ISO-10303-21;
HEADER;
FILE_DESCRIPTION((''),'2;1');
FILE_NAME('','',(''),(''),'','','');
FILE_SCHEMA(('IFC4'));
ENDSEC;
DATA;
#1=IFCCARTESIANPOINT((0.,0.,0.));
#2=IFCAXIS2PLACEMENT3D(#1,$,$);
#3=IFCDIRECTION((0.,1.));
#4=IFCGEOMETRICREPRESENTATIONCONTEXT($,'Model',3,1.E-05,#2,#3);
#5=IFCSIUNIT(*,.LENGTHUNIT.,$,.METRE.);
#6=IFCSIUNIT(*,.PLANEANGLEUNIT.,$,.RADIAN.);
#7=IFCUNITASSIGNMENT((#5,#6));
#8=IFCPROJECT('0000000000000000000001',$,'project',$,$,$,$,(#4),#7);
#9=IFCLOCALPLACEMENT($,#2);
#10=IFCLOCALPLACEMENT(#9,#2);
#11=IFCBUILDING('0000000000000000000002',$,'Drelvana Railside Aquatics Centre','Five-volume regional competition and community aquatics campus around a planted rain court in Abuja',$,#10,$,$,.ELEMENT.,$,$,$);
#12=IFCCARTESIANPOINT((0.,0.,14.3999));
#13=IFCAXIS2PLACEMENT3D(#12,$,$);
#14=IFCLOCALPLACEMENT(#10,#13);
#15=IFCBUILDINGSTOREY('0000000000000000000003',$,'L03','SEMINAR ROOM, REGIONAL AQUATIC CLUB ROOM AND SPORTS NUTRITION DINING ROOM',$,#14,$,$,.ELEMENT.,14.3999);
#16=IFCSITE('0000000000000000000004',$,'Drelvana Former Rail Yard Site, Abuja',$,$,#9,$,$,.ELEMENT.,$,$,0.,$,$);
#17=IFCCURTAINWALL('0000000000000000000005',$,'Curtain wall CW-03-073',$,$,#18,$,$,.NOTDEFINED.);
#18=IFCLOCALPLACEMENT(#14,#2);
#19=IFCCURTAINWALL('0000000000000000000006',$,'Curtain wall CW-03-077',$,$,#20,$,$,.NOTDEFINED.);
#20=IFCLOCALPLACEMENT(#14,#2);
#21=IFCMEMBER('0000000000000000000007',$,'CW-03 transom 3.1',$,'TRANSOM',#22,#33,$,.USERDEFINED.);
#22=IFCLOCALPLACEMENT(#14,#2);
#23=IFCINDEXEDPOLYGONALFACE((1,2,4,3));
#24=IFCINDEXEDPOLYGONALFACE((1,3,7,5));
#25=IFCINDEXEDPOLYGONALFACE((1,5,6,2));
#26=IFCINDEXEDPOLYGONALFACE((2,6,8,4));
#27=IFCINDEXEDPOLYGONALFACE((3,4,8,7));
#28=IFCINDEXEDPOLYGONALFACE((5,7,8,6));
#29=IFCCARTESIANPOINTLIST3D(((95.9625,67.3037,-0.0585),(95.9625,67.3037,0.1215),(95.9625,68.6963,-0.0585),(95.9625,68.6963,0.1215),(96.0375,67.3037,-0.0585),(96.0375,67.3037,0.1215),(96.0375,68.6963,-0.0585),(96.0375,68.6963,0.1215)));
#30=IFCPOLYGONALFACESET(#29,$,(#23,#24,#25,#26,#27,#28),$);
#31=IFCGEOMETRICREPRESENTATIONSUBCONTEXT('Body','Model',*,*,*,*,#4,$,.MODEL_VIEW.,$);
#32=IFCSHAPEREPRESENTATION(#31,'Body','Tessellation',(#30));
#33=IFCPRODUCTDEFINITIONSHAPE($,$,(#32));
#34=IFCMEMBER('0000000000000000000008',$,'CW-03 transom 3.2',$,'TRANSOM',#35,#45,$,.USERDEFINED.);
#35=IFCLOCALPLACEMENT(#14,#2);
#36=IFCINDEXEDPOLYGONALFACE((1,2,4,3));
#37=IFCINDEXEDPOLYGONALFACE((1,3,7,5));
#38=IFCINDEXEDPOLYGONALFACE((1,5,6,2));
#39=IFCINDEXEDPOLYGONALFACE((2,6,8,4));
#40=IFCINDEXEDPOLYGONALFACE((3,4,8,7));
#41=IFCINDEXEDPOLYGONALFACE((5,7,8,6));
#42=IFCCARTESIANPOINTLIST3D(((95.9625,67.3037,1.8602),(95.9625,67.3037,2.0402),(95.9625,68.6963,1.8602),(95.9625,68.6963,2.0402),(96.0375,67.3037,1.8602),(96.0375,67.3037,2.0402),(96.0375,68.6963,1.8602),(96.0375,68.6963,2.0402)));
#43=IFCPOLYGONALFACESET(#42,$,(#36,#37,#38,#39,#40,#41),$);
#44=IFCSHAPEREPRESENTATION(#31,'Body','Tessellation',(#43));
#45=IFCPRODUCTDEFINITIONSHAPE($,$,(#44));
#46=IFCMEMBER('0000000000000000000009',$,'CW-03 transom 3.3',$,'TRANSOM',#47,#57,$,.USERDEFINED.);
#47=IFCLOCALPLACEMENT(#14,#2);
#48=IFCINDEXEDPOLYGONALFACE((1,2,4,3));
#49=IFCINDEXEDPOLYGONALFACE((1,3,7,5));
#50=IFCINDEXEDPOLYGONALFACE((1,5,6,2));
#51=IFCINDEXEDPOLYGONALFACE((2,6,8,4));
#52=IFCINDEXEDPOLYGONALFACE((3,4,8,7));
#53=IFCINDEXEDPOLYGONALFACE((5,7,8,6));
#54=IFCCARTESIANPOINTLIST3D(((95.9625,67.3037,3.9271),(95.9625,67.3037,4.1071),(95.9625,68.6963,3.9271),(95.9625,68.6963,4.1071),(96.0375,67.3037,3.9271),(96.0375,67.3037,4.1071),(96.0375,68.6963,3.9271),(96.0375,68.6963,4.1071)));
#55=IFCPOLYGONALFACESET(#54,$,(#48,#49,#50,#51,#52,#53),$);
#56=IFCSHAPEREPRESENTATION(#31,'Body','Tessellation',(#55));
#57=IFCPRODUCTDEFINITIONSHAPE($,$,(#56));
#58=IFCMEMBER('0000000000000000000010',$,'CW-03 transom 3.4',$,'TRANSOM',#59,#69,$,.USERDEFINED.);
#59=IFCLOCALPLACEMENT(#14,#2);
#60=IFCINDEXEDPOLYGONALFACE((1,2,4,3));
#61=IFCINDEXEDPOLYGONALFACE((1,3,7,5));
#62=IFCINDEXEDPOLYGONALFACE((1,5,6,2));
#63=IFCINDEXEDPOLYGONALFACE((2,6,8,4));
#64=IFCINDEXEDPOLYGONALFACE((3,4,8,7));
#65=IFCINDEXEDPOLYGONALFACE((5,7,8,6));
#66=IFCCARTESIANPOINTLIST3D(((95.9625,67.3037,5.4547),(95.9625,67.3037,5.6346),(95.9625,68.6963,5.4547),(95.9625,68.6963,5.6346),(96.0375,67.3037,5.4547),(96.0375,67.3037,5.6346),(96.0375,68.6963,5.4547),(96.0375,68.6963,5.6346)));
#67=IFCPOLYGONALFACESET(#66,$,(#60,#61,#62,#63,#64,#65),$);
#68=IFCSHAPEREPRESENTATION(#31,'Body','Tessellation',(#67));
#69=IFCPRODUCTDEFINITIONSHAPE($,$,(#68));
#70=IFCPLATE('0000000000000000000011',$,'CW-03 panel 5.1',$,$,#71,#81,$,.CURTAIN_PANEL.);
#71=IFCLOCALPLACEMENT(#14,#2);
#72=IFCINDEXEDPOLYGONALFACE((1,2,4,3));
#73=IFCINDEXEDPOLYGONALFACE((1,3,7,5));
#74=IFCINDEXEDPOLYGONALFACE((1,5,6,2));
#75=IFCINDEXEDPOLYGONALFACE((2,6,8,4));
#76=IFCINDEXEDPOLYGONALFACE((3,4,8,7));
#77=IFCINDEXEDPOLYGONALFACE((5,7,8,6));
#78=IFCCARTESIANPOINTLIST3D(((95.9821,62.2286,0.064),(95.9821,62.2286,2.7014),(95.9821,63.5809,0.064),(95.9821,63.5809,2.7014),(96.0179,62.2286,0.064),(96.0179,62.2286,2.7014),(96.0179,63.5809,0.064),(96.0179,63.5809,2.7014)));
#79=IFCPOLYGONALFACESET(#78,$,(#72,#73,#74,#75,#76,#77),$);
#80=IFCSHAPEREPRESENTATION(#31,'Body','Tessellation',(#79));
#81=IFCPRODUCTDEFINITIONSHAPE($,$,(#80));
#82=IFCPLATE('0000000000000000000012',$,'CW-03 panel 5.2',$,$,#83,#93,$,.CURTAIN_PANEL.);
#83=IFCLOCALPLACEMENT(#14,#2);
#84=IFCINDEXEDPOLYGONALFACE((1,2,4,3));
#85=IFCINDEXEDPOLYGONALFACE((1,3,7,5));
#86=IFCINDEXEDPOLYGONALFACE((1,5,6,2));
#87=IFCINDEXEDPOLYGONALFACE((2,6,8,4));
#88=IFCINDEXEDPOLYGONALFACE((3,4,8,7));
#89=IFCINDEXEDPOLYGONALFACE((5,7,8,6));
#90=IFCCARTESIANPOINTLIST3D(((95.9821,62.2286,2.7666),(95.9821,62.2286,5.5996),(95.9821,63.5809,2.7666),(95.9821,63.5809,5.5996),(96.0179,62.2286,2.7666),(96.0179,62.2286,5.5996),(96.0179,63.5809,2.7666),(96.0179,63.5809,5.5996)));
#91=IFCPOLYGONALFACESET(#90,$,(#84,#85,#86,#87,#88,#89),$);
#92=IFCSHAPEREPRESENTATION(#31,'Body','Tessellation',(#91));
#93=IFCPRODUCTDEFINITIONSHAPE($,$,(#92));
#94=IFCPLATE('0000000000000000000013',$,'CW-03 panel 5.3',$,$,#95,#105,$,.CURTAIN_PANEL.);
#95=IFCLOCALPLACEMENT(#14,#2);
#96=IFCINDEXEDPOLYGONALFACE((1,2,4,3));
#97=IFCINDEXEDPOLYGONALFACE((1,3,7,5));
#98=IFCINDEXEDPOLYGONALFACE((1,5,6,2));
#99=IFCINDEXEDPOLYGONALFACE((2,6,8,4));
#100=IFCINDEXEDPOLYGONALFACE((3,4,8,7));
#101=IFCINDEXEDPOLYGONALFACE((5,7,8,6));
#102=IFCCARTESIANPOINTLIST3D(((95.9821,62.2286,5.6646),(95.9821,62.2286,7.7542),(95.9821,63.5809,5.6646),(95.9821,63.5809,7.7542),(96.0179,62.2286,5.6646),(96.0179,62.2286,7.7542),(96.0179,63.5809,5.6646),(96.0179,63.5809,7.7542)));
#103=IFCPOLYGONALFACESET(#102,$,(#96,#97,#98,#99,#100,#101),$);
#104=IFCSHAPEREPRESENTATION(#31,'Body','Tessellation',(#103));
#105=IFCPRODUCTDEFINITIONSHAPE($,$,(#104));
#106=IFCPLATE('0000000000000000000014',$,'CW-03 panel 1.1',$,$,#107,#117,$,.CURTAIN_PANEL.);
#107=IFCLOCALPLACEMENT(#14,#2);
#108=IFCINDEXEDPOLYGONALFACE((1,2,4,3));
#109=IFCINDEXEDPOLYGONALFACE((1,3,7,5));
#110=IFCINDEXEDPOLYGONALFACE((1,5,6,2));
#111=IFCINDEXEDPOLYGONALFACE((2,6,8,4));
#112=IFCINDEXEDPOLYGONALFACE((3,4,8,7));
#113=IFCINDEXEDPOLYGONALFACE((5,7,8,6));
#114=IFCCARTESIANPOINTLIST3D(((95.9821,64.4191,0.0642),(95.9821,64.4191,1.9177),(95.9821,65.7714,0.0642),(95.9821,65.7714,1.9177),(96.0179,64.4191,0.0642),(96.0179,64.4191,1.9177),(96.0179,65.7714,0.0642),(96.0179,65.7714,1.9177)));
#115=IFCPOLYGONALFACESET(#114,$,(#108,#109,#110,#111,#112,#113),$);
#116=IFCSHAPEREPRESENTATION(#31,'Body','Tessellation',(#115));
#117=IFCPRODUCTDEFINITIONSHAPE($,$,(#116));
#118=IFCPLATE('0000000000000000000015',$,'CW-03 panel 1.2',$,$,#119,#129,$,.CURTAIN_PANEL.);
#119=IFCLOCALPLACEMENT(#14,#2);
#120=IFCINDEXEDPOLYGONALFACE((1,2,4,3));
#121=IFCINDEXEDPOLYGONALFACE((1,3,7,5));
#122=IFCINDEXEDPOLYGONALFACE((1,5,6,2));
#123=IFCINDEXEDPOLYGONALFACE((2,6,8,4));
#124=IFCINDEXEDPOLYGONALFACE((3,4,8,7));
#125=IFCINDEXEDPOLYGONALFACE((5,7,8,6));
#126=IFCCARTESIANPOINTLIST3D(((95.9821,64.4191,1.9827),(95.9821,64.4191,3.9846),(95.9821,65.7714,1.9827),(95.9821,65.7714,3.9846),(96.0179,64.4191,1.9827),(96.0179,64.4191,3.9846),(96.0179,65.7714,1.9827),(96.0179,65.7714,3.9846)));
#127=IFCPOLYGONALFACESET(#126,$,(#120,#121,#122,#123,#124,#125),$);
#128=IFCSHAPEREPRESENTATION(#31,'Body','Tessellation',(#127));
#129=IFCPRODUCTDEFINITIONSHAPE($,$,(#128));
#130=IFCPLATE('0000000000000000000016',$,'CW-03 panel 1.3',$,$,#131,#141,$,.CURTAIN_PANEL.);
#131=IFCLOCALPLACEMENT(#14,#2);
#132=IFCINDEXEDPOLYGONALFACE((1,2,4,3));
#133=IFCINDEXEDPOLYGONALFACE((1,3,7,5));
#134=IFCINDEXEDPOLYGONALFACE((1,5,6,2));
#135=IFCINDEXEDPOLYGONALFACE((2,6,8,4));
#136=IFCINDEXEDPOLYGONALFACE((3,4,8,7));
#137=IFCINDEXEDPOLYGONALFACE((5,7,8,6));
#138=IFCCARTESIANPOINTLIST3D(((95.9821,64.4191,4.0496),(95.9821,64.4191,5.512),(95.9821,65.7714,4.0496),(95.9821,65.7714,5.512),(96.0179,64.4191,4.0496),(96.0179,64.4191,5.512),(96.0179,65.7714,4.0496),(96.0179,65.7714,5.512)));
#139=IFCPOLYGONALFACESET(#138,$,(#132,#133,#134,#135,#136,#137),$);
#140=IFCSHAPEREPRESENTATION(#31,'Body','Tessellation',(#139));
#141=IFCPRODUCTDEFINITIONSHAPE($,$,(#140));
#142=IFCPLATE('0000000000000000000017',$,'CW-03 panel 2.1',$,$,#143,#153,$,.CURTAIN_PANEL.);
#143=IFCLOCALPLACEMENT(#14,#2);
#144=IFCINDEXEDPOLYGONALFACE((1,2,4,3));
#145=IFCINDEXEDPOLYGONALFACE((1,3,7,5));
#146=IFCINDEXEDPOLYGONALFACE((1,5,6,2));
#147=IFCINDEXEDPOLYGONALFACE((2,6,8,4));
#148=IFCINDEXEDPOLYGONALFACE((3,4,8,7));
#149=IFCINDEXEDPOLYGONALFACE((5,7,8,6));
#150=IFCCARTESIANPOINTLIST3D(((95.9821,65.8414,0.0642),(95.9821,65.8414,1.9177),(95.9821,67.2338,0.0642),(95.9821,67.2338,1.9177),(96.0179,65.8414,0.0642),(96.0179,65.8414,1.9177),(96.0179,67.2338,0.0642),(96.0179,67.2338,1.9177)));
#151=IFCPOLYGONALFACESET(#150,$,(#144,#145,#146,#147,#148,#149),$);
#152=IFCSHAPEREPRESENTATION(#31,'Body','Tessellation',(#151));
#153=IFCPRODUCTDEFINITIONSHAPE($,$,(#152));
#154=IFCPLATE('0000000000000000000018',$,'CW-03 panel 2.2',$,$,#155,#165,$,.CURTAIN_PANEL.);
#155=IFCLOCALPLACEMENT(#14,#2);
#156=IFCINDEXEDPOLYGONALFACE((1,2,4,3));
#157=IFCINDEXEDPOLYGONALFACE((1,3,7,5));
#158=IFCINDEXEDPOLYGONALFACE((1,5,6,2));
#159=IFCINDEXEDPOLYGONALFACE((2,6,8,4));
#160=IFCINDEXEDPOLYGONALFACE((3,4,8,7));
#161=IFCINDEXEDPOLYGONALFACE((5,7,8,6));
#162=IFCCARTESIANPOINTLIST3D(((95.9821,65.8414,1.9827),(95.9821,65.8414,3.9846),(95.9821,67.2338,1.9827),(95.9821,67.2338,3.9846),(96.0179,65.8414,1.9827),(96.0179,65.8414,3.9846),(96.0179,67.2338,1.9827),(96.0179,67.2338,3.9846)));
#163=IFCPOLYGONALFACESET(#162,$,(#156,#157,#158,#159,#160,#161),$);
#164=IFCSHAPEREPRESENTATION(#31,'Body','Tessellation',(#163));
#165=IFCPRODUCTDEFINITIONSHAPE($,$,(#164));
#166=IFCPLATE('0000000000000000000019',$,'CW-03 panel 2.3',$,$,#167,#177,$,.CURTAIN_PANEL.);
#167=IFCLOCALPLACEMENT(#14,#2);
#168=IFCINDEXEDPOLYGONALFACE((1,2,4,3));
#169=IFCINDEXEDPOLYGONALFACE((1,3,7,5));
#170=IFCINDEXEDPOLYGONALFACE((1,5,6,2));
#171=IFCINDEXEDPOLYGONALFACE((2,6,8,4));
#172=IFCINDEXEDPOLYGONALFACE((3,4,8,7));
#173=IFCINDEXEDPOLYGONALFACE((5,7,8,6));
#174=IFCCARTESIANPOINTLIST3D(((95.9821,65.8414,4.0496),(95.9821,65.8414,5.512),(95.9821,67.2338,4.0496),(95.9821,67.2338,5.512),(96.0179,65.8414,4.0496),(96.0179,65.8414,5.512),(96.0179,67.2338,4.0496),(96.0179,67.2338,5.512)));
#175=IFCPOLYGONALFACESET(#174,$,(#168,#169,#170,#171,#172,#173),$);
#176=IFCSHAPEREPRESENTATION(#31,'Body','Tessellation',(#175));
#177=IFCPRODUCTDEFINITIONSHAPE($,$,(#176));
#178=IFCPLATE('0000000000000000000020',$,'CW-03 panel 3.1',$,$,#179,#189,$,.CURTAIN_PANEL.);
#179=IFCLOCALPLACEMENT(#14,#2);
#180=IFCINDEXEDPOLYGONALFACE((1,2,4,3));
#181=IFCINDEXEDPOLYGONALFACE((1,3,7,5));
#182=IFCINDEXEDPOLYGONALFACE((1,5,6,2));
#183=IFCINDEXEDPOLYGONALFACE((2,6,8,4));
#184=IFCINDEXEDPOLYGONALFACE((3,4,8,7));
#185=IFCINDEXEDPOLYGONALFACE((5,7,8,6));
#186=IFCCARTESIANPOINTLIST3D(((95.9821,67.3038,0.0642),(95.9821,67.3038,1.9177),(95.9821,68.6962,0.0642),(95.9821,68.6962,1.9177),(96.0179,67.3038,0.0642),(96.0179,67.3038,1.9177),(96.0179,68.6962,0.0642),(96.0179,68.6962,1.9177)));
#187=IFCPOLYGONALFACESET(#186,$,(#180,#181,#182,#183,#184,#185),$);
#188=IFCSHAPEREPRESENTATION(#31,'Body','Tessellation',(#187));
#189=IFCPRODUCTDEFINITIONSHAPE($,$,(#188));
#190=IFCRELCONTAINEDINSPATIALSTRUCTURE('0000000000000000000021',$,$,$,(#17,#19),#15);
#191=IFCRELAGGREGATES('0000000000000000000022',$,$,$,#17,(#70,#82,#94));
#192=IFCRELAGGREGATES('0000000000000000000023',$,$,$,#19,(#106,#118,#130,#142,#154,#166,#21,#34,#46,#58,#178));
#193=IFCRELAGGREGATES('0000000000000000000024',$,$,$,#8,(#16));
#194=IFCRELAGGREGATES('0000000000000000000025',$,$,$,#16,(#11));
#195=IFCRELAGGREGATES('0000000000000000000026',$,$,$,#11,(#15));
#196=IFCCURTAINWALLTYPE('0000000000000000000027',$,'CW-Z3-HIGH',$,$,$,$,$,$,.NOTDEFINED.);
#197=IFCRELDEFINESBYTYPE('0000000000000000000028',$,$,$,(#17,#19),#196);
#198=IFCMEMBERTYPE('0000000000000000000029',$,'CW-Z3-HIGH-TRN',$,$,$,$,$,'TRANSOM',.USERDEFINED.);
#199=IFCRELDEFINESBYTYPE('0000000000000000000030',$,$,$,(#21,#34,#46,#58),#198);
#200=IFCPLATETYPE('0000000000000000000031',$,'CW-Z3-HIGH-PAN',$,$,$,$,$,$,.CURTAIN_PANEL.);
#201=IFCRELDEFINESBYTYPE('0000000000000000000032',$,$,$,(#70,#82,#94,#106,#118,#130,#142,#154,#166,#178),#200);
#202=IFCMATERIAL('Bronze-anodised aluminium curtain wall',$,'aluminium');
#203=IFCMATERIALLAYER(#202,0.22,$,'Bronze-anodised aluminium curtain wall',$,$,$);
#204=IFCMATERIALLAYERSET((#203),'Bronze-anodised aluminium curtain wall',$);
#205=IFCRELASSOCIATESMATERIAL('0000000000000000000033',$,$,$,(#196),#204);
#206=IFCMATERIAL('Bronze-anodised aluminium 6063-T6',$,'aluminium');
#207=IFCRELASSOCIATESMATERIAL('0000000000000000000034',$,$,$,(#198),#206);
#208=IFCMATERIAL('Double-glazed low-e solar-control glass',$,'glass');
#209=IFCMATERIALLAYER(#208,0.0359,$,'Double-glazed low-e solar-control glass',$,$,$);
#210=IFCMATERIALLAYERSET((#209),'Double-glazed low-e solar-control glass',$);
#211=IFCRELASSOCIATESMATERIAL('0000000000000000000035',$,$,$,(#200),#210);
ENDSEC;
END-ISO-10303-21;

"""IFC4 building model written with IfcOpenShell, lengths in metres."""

from ifc_helpers import new_model, si_unit, direction, frame, origin, origin_2d, place, context, subcontext, project, spatial, rectangle, extrude, material, layer, layer_set, material_profile, profile_set, type_object, element, aggregate, save


model = new_model("IFC4")

# Units and contexts
model_context = context("Model", 3, precision=1e-05, world=origin(), true_north=direction((0.0, 1.0)))
body_context = subcontext(model_context, "Body", "Model", "MODEL_VIEW")
ifc_project = project(units=[si_unit("LENGTHUNIT", "METRE"), si_unit("PLANEANGLEUNIT", "RADIAN")], contexts=[model_context])

# Site, building, storey
site_placement = place(None, origin())
site = spatial("IfcSite", under=ifc_project, at=site_placement, Name="Drelvana Former Rail Yard Site, Abuja", CompositionType="ELEMENT", RefElevation=0.0)
building_placement = place(site_placement, origin())
building = spatial("IfcBuilding", under=site, at=building_placement, Name="Drelvana Railside Aquatics Centre", Description="Five-volume regional competition and community aquatics campus around a planted rain court in Abuja", CompositionType="ELEMENT")
storey_placement = place(building_placement, frame((0.0, 0.0, 14.3999)))
storey = spatial("IfcBuildingStorey", under=building, at=storey_placement, Name="L03", Description="SEMINAR ROOM, REGIONAL AQUATIC CLUB ROOM AND SPORTS NUTRITION DINING ROOM", CompositionType="ELEMENT", Elevation=14.3999)

# Curtain wall
ifc_material_1 = material(Name="Bronze-anodised aluminium curtain wall", Category="aluminium")
ifc_layer_1 = layer(ifc_material_1, 0.22, Name="Bronze-anodised aluminium curtain wall")
ifc_layer_set_1 = layer_set([ifc_layer_1], Name="Bronze-anodised aluminium curtain wall")
curtain_wall_type = type_object("IfcCurtainWallType", Name="CW-Z3-HIGH", PredefinedType="NOTDEFINED", material=ifc_layer_set_1)
curtain_wall_1_placement = place(storey_placement, origin())
curtain_wall_1 = element("IfcCurtainWall", 1, at=curtain_wall_1_placement, inside=storey, type_object=curtain_wall_type, Name="Curtain wall CW-03-073", PredefinedType="NOTDEFINED")
ifc_material_2 = material(Name="Bronze-anodised aluminium 6063-T6", Category="aluminium")

# Curtain wall
curtain_wall_2_placement = place(storey_placement, origin())
curtain_wall_2 = element("IfcCurtainWall", 2, at=curtain_wall_2_placement, inside=storey, type_object=curtain_wall_type, Name="Curtain wall CW-03-077", PredefinedType="NOTDEFINED")

# Members
ifc_material_profile_1 = material_profile(ifc_material_2, rectangle(XDim=0.1799, YDim=0.075, at=origin_2d()), Name="ALU-T 75x180")
ifc_profile_set_1 = profile_set([ifc_material_profile_1], Name="Bronze-anodised aluminium 6063-T6")
member_type_1 = type_object("IfcMemberType", Name="CW-Z3-HIGH-TRN", ElementType="TRANSOM", PredefinedType="USERDEFINED", material=ifc_profile_set_1)
member_1_placement = place(storey_placement, frame((96.0, 67.3037, 0.0315), z_axis=(0.0, 1.0, 0.0), x_axis=(0.0, 0.0, 1.0)))
member_1 = element("IfcMember", 3, at=member_1_placement, type_object=member_type_1, Name="CW-03 transom 3.1", ObjectType="TRANSOM", PredefinedType="USERDEFINED", context=body_context, shape_type="SweptSolid", body=[
    extrude(rectangle(XDim=0.1799, YDim=0.075, at=origin_2d()), origin(), (0.0, 0.0, 1.0), 1.3926),
])
member_2_placement = place(storey_placement, frame((96.0, 67.3037, 1.9502), z_axis=(0.0, 1.0, 0.0), x_axis=(0.0, 0.0, 1.0)))
member_2 = element("IfcMember", 4, at=member_2_placement, type_object=member_type_1, Name="CW-03 transom 3.2", ObjectType="TRANSOM", PredefinedType="USERDEFINED", context=body_context, shape_type="SweptSolid", body=[
    extrude(rectangle(XDim=0.1799, YDim=0.075, at=origin_2d()), origin(), (0.0, 0.0, 1.0), 1.3926),
])
member_3_placement = place(storey_placement, frame((96.0, 67.3037, 4.0171), z_axis=(0.0, 1.0, 0.0), x_axis=(0.0, 0.0, 1.0)))
member_3 = element("IfcMember", 5, at=member_3_placement, type_object=member_type_1, Name="CW-03 transom 3.3", ObjectType="TRANSOM", PredefinedType="USERDEFINED", context=body_context, shape_type="SweptSolid", body=[
    extrude(rectangle(XDim=0.1799, YDim=0.075, at=origin_2d()), origin(), (0.0, 0.0, 1.0), 1.3926),
])
member_4_placement = place(storey_placement, frame((96.0, 67.3037, 5.5447), z_axis=(0.0, 1.0, 0.0), x_axis=(0.0, 0.0, 1.0)))
member_4 = element("IfcMember", 6, at=member_4_placement, type_object=member_type_1, Name="CW-03 transom 3.4", ObjectType="TRANSOM", PredefinedType="USERDEFINED", context=body_context, shape_type="SweptSolid", body=[
    extrude(rectangle(XDim=0.1799, YDim=0.075, at=origin_2d()), origin(), (0.0, 0.0, 1.0), 1.3926),
])

# Plates
ifc_material_3 = material(Name="Double-glazed low-e solar-control glass", Category="glass")
ifc_layer_2 = layer(ifc_material_3, 0.0359, Name="Double-glazed low-e solar-control glass")
ifc_layer_set_2 = layer_set([ifc_layer_2], Name="Double-glazed low-e solar-control glass")
plate_type = type_object("IfcPlateType", Name="CW-Z3-HIGH-PAN", PredefinedType="CURTAIN_PANEL", material=ifc_layer_set_2)
plate_1_placement = place(storey_placement, frame((96.0, 62.9048, 0.064), z_axis=(0.0, 0.0, 1.0), x_axis=(0.0, 1.0, 0.0)))
plate_1 = element("IfcPlate", 7, at=plate_1_placement, type_object=plate_type, Name="CW-03 panel 5.1", PredefinedType="CURTAIN_PANEL", context=body_context, shape_type="SweptSolid", body=[
    extrude(rectangle(XDim=1.3523, YDim=0.0359, at=origin_2d()), origin(), (0.0, 0.0, 1.0), 2.6375),
])
plate_2_placement = place(storey_placement, frame((96.0, 62.9048, 2.7666), z_axis=(0.0, 0.0, 1.0), x_axis=(0.0, 1.0, 0.0)))
plate_2 = element("IfcPlate", 8, at=plate_2_placement, type_object=plate_type, Name="CW-03 panel 5.2", PredefinedType="CURTAIN_PANEL", context=body_context, shape_type="SweptSolid", body=[
    extrude(rectangle(XDim=1.3523, YDim=0.0359, at=origin_2d()), origin(), (0.0, 0.0, 1.0), 2.833),
])
plate_3_placement = place(storey_placement, frame((96.0, 62.9048, 5.6646), z_axis=(0.0, 0.0, 1.0), x_axis=(0.0, 1.0, 0.0)))
plate_3 = element("IfcPlate", 9, at=plate_3_placement, type_object=plate_type, Name="CW-03 panel 5.3", PredefinedType="CURTAIN_PANEL", context=body_context, shape_type="SweptSolid", body=[
    extrude(rectangle(XDim=1.3523, YDim=0.0359, at=origin_2d()), origin(), (0.0, 0.0, 1.0), 2.0896),
])
aggregate(curtain_wall_1, [plate_1, plate_2, plate_3])
plate_4_placement = place(storey_placement, frame((96.0, 65.0952, 0.0642), z_axis=(0.0, 0.0, 1.0), x_axis=(0.0, 1.0, 0.0)))
plate_4 = element("IfcPlate", 10, at=plate_4_placement, type_object=plate_type, Name="CW-03 panel 1.1", PredefinedType="CURTAIN_PANEL", context=body_context, shape_type="SweptSolid", body=[
    extrude(rectangle(XDim=1.3523, YDim=0.0359, at=origin_2d()), origin(), (0.0, 0.0, 1.0), 1.8535),
])
plate_5_placement = place(storey_placement, frame((96.0, 65.0952, 1.9827), z_axis=(0.0, 0.0, 1.0), x_axis=(0.0, 1.0, 0.0)))
plate_5 = element("IfcPlate", 11, at=plate_5_placement, type_object=plate_type, Name="CW-03 panel 1.2", PredefinedType="CURTAIN_PANEL", context=body_context, shape_type="SweptSolid", body=[
    extrude(rectangle(XDim=1.3523, YDim=0.0359, at=origin_2d()), origin(), (0.0, 0.0, 1.0), 2.002),
])
plate_6_placement = place(storey_placement, frame((96.0, 65.0952, 4.0496), z_axis=(0.0, 0.0, 1.0), x_axis=(0.0, 1.0, 0.0)))
plate_6 = element("IfcPlate", 12, at=plate_6_placement, type_object=plate_type, Name="CW-03 panel 1.3", PredefinedType="CURTAIN_PANEL", context=body_context, shape_type="SweptSolid", body=[
    extrude(rectangle(XDim=1.3523, YDim=0.0359, at=origin_2d()), origin(), (0.0, 0.0, 1.0), 1.4624),
])
plate_7_placement = place(storey_placement, frame((96.0, 66.5376, 0.0642), z_axis=(0.0, 0.0, 1.0), x_axis=(0.0, 1.0, 0.0)))
plate_7 = element("IfcPlate", 13, at=plate_7_placement, type_object=plate_type, Name="CW-03 panel 2.1", PredefinedType="CURTAIN_PANEL", context=body_context, shape_type="SweptSolid", body=[
    extrude(rectangle(XDim=1.3923, YDim=0.0359, at=origin_2d()), origin(), (0.0, 0.0, 1.0), 1.8535),
])
plate_8_placement = place(storey_placement, frame((96.0, 66.5376, 1.9827), z_axis=(0.0, 0.0, 1.0), x_axis=(0.0, 1.0, 0.0)))
plate_8 = element("IfcPlate", 14, at=plate_8_placement, type_object=plate_type, Name="CW-03 panel 2.2", PredefinedType="CURTAIN_PANEL", context=body_context, shape_type="SweptSolid", body=[
    extrude(rectangle(XDim=1.3923, YDim=0.0359, at=origin_2d()), origin(), (0.0, 0.0, 1.0), 2.002),
])
plate_9_placement = place(storey_placement, frame((96.0, 66.5376, 4.0496), z_axis=(0.0, 0.0, 1.0), x_axis=(0.0, 1.0, 0.0)))
plate_9 = element("IfcPlate", 15, at=plate_9_placement, type_object=plate_type, Name="CW-03 panel 2.3", PredefinedType="CURTAIN_PANEL", context=body_context, shape_type="SweptSolid", body=[
    extrude(rectangle(XDim=1.3923, YDim=0.0359, at=origin_2d()), origin(), (0.0, 0.0, 1.0), 1.4624),
])
plate_10_placement = place(storey_placement, frame((96.0, 68.0, 0.0642), z_axis=(0.0, 0.0, 1.0), x_axis=(0.0, 1.0, 0.0)))
plate_10 = element("IfcPlate", 16, at=plate_10_placement, type_object=plate_type, Name="CW-03 panel 3.1", PredefinedType="CURTAIN_PANEL", context=body_context, shape_type="SweptSolid", body=[
    extrude(rectangle(XDim=1.3923, YDim=0.0359, at=origin_2d()), origin(), (0.0, 0.0, 1.0), 1.8535),
])
aggregate(curtain_wall_2, [plate_4, plate_5, plate_6, plate_7, plate_8, plate_9, member_1, member_2, member_3, member_4, plate_10])

save(model, "model.ifc")
